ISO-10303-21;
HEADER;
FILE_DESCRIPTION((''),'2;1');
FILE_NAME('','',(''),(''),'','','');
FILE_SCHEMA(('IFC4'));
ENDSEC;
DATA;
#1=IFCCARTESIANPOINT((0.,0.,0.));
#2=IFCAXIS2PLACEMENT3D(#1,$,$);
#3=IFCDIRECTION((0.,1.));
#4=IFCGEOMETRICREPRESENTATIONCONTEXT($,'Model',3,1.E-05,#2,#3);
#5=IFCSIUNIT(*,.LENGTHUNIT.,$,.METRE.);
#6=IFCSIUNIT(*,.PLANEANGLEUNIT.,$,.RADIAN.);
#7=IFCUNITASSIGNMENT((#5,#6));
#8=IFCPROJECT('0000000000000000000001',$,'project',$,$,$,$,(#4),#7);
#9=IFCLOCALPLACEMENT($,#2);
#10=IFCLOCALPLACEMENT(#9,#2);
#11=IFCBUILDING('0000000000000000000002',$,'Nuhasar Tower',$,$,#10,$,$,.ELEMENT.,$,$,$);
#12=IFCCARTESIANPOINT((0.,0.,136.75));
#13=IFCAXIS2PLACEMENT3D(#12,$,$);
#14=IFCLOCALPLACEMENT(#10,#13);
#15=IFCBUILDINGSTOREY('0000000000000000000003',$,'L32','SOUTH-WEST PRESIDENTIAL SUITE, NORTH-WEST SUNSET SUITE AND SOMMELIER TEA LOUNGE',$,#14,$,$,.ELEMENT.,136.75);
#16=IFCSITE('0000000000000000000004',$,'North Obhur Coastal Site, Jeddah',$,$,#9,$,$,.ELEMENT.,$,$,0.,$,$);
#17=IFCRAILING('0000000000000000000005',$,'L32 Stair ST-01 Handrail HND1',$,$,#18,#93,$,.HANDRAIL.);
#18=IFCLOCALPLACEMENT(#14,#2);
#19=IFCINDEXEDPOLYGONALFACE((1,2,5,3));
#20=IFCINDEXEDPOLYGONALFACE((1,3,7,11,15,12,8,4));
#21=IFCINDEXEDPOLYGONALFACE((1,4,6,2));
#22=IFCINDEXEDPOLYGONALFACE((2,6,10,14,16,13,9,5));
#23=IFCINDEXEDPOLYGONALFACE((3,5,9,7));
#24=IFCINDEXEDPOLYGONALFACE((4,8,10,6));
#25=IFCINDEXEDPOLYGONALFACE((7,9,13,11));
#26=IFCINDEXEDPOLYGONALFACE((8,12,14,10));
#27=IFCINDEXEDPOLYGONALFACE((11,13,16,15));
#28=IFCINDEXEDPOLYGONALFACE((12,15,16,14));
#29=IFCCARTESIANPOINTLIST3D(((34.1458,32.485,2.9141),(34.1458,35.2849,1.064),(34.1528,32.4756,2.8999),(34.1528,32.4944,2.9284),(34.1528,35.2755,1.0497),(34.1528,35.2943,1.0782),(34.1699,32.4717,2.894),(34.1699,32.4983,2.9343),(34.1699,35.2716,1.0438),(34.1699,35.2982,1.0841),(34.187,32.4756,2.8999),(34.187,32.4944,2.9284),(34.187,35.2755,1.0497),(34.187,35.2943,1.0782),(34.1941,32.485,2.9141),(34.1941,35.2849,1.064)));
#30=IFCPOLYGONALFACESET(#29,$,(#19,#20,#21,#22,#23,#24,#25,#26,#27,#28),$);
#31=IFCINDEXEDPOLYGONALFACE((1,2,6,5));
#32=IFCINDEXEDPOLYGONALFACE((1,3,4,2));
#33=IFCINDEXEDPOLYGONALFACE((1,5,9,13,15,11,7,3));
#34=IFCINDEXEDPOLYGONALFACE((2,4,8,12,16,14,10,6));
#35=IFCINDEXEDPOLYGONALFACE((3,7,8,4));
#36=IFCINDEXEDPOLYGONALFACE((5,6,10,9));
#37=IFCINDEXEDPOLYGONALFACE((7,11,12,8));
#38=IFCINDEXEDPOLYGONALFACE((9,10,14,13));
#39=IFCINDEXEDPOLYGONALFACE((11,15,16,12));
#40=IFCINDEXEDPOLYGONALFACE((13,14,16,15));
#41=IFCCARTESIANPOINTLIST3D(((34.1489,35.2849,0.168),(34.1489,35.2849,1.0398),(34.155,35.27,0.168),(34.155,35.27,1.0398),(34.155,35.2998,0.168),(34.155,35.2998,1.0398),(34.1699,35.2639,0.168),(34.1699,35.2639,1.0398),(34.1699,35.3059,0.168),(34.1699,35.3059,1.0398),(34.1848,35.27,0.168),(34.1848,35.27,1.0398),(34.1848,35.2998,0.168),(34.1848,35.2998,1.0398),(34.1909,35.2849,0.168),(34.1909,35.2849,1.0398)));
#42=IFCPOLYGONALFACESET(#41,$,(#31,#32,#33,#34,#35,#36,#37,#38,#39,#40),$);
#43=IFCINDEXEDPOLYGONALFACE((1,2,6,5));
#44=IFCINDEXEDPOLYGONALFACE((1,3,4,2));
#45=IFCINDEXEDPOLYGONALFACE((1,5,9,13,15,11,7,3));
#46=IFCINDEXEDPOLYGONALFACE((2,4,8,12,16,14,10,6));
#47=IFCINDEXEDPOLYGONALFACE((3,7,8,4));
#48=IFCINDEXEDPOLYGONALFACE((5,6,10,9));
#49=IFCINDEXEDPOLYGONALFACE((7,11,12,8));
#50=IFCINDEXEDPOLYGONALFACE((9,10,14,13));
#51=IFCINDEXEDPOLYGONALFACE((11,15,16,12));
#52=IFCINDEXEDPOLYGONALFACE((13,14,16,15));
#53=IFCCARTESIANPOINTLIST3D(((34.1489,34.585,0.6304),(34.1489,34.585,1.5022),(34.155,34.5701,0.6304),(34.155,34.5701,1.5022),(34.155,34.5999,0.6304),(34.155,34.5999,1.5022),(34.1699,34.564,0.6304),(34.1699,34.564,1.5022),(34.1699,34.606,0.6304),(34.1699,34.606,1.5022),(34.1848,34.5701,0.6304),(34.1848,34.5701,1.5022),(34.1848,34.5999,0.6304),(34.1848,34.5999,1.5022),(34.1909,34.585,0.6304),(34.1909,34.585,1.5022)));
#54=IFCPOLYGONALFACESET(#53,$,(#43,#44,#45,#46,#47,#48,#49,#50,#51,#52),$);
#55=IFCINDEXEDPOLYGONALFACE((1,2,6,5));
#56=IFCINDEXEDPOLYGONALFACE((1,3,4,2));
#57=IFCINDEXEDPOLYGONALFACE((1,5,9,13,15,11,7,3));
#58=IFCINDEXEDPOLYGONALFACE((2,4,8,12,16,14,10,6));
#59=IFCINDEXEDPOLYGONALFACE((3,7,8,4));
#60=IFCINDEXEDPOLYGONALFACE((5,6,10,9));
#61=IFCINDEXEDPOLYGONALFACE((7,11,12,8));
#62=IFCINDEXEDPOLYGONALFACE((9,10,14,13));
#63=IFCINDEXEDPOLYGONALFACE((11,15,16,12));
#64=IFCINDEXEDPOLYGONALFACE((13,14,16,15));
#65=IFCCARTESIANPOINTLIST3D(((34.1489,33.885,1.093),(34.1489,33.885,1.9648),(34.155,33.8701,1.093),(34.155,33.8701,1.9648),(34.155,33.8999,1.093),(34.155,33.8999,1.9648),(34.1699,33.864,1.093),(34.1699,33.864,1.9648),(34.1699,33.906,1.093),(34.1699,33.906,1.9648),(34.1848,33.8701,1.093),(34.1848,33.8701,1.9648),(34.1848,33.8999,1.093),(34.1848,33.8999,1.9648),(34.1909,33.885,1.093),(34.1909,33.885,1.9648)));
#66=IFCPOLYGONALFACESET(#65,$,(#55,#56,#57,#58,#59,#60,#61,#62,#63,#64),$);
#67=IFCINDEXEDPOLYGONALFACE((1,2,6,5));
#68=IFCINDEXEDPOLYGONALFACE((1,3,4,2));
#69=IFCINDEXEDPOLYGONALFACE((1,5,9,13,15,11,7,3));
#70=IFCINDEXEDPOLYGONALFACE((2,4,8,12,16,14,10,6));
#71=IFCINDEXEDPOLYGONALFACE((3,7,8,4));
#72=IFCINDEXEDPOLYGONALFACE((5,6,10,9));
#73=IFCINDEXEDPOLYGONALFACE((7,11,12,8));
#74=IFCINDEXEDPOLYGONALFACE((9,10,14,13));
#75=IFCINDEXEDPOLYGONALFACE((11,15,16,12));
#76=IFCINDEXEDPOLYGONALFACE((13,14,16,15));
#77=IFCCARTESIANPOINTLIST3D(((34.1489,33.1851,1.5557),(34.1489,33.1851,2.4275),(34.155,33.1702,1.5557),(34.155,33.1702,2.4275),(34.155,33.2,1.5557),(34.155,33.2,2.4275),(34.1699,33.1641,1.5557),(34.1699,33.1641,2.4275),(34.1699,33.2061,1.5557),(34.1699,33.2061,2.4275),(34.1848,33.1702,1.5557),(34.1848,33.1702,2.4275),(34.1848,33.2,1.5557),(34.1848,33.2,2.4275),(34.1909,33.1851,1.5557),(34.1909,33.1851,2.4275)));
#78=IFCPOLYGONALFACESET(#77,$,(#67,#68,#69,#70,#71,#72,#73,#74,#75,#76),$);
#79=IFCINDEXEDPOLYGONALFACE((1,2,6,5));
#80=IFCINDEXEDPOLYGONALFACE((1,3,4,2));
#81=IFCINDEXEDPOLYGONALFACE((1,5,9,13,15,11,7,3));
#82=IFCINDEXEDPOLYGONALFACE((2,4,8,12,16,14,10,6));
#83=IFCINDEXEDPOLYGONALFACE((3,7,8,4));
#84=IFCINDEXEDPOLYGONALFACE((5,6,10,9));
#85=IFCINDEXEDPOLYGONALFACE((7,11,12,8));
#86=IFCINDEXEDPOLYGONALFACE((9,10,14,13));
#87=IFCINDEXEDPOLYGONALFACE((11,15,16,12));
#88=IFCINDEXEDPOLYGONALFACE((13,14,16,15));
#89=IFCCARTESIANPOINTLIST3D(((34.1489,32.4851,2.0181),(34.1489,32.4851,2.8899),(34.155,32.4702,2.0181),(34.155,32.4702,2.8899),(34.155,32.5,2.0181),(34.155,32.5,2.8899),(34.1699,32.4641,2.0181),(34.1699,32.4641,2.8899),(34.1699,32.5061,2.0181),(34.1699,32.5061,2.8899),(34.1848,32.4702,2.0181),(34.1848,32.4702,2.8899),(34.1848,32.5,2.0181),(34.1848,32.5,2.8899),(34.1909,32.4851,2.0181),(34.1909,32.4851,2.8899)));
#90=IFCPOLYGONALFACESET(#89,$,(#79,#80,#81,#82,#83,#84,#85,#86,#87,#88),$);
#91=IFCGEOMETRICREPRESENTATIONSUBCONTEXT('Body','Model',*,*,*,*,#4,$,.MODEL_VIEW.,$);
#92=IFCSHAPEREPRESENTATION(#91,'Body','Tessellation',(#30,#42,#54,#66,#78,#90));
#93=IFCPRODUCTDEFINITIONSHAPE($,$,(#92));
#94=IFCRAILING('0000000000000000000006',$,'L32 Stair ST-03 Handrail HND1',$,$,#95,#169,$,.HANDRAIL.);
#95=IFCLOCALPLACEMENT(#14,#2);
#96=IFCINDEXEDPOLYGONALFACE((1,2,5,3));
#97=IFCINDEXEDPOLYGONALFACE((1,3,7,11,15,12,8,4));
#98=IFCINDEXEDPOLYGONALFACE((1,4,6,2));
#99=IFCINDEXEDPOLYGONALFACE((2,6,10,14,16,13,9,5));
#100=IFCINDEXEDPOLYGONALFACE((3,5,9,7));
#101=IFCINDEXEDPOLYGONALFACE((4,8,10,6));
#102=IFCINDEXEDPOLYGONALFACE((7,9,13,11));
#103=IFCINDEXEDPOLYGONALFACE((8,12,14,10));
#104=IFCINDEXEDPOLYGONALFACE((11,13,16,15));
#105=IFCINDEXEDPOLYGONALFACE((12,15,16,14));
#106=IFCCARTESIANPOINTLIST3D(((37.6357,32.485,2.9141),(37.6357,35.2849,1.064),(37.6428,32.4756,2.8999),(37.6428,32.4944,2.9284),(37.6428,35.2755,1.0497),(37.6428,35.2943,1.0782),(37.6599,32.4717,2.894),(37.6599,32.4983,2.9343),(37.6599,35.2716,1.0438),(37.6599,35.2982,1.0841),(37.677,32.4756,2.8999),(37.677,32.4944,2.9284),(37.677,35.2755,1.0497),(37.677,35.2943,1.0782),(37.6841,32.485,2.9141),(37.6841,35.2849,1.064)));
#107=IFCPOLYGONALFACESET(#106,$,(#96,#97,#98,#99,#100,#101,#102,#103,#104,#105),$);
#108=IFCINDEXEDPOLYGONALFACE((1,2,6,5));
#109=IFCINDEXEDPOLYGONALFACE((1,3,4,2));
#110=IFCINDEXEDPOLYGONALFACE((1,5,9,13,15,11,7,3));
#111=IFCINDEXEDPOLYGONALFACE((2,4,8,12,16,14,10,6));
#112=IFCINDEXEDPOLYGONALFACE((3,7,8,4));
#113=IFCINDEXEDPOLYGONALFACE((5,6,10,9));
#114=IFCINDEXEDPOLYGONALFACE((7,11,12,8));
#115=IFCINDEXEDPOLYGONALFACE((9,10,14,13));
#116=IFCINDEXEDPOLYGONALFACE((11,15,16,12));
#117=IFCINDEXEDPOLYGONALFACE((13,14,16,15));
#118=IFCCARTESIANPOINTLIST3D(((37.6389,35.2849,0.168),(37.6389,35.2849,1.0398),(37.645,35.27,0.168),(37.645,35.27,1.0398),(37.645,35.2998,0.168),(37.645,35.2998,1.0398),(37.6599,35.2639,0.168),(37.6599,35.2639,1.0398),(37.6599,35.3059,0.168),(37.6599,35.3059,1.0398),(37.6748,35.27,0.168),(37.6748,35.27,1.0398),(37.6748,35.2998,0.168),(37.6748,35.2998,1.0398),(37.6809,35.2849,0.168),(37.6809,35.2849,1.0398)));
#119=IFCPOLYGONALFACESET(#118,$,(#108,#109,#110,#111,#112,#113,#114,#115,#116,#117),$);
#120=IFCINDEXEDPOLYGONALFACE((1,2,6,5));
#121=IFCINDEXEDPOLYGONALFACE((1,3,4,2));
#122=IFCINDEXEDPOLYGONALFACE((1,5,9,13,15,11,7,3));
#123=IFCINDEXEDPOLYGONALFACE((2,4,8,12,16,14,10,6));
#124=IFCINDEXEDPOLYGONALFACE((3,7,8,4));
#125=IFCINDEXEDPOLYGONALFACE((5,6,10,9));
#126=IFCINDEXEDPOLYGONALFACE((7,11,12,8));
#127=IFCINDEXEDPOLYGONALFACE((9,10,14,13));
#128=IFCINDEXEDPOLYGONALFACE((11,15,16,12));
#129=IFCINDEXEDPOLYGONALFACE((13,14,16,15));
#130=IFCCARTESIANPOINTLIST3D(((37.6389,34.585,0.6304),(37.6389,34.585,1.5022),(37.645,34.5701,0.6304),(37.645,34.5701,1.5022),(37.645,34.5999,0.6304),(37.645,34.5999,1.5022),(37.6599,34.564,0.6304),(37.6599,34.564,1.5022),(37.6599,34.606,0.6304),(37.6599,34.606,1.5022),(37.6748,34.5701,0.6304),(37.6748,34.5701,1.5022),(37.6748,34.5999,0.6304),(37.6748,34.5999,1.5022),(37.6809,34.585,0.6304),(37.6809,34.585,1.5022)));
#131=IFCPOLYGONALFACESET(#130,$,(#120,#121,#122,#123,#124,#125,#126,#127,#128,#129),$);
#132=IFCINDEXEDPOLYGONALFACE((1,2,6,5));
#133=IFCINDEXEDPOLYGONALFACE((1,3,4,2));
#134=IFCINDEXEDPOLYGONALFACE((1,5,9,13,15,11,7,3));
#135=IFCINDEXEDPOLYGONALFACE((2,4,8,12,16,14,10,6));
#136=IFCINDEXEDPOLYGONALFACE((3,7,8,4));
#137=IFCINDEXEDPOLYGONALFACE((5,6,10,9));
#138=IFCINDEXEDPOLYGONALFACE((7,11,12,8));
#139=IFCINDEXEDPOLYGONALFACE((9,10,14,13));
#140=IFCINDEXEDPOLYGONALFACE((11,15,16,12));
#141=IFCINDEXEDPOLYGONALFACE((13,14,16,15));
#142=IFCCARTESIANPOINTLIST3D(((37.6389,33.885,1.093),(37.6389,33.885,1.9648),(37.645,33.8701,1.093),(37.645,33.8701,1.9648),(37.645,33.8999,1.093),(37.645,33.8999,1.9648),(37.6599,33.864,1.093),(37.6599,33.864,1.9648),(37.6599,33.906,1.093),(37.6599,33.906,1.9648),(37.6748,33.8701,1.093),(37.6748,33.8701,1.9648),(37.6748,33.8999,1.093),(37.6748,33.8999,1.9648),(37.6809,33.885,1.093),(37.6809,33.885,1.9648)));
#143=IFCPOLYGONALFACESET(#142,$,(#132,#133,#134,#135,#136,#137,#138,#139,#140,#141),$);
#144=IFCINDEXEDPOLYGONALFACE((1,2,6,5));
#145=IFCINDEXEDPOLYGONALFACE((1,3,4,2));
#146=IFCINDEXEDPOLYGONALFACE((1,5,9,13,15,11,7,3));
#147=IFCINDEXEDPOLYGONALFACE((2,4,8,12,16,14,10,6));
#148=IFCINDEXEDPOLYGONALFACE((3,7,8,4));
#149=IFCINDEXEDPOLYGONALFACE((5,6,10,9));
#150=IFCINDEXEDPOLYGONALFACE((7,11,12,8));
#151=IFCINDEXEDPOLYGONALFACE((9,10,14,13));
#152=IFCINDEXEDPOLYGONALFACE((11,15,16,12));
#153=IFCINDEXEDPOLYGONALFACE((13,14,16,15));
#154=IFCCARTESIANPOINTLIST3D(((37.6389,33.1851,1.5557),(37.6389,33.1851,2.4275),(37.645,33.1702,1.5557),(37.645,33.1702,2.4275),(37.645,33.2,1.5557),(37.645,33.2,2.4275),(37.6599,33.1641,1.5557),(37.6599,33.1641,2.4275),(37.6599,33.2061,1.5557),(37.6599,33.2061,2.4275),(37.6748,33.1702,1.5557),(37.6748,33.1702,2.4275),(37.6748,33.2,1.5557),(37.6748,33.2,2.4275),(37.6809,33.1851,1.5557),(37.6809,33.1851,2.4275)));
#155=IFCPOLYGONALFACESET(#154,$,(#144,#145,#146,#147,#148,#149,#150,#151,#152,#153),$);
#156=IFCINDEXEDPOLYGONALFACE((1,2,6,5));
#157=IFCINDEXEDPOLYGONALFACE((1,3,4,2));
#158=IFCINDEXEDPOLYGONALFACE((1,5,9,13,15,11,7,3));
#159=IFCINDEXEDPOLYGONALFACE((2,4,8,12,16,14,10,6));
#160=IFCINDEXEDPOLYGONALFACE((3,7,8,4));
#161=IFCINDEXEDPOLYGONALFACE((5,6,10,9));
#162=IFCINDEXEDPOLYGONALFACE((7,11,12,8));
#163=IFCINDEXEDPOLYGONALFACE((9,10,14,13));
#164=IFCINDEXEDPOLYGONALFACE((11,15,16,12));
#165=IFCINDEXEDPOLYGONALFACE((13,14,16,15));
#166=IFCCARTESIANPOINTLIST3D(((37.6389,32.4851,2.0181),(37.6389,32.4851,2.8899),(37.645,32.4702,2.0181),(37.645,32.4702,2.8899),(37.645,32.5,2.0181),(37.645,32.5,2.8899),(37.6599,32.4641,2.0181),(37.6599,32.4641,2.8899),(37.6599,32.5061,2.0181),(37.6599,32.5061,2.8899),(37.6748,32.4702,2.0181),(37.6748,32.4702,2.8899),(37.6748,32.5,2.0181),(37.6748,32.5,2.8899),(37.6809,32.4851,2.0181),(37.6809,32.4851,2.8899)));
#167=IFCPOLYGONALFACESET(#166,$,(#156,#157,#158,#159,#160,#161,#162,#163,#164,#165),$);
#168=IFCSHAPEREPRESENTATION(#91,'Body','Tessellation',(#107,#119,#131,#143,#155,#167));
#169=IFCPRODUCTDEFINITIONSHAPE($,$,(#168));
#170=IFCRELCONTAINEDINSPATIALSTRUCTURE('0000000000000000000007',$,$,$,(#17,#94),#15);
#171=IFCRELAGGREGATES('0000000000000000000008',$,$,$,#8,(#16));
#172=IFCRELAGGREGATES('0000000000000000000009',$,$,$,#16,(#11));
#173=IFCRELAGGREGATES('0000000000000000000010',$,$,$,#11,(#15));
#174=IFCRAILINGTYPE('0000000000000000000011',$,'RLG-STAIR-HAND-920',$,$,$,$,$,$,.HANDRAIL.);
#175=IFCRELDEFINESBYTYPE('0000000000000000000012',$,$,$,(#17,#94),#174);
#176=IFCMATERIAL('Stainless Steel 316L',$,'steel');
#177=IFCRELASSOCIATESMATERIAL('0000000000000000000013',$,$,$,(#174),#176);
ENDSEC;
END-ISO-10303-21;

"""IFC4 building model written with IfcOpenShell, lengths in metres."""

from ifc_helpers import new_model, si_unit, direction, frame, origin, place, context, subcontext, project, spatial, polyline, outline, extrude, material, type_object, element, save


model = new_model("IFC4")

# Units and contexts
model_context = context("Model", 3, precision=1e-05, world=origin(), true_north=direction((0.0, 1.0)))
body_context = subcontext(model_context, "Body", "Model", "MODEL_VIEW")
ifc_project = project(units=[si_unit("LENGTHUNIT", "METRE"), si_unit("PLANEANGLEUNIT", "RADIAN")], contexts=[model_context])

# Site, building, storey
site_placement = place(None, origin())
site = spatial("IfcSite", under=ifc_project, at=site_placement, Name="North Obhur Coastal Site, Jeddah", CompositionType="ELEMENT", RefElevation=0.0)
building_placement = place(site_placement, origin())
building = spatial("IfcBuilding", under=site, at=building_placement, Name="Nuhasar Tower", CompositionType="ELEMENT")
storey_placement = place(building_placement, frame((0.0, 0.0, 136.75)))
storey = spatial("IfcBuildingStorey", under=building, at=storey_placement, Name="L32", Description="SOUTH-WEST PRESIDENTIAL SUITE, NORTH-WEST SUNSET SUITE AND SOMMELIER TEA LOUNGE", CompositionType="ELEMENT", Elevation=136.75)

# Railings
ifc_material_1 = material(Name="Stainless Steel 316L", Category="steel")
railing_type_1 = type_object("IfcRailingType", Name="RLG-STAIR-HAND-920", PredefinedType="HANDRAIL", material=ifc_material_1)
railing_1_placement = place(storey_placement, frame((34.1699, 35.2849, 0.168)))
element("IfcRailing", 1, at=railing_1_placement, inside=storey, type_object=railing_type_1, Name="L32 Stair ST-01 Handrail HND1", PredefinedType="HANDRAIL", context=body_context, shape_type="SweptSolid", body=[
    extrude(outline(polyline([(0.0242, 0.0), (0.0171, 0.0171), (0.0, 0.0242), (-0.0171, 0.0171), (-0.0242, 0.0), (-0.0171, -0.0171), (0.0, -0.0242), (0.0171, -0.0171), (0.0242, 0.0)])), frame((0.0, 0.0, 0.896), z_axis=(0.0, -0.834304, 0.551304), x_axis=(1.0, 0.0, 0.0)), (0.0, 0.0, 1.0), 3.356),
    extrude(outline(polyline([(0.021, 0.0), (0.0149, 0.0149), (0.0, 0.021), (-0.0149, 0.0149), (-0.021, 0.0), (-0.0149, -0.0149), (0.0, -0.021), (0.0149, -0.0149), (0.021, 0.0)])), origin(), (0.0, 0.0, 1.0), 0.8718),
    extrude(outline(polyline([(0.021, 0.0), (0.0149, 0.0149), (0.0, 0.021), (-0.0149, 0.0149), (-0.021, 0.0), (-0.0149, -0.0149), (0.0, -0.021), (0.0149, -0.0149), (0.021, 0.0)])), frame((0.0, -0.7, 0.4624)), (0.0, 0.0, 1.0), 0.8718),
    extrude(outline(polyline([(0.021, 0.0), (0.0149, 0.0149), (0.0, 0.021), (-0.0149, 0.0149), (-0.021, 0.0), (-0.0149, -0.0149), (0.0, -0.021), (0.0149, -0.0149), (0.021, 0.0)])), frame((0.0, -1.3999, 0.925)), (0.0, 0.0, 1.0), 0.8718),
    extrude(outline(polyline([(0.021, 0.0), (0.0149, 0.0149), (0.0, 0.021), (-0.0149, 0.0149), (-0.021, 0.0), (-0.0149, -0.0149), (0.0, -0.021), (0.0149, -0.0149), (0.021, 0.0)])), frame((0.0, -2.0999, 1.3877)), (0.0, 0.0, 1.0), 0.8718),
    extrude(outline(polyline([(0.021, 0.0), (0.0149, 0.0149), (0.0, 0.021), (-0.0149, 0.0149), (-0.021, 0.0), (-0.0149, -0.0149), (0.0, -0.021), (0.0149, -0.0149), (0.021, 0.0)])), frame((0.0, -2.7998, 1.8501)), (0.0, 0.0, 1.0), 0.8718),
])
railing_2_placement = place(storey_placement, frame((37.6599, 35.2849, 0.168)))
element("IfcRailing", 2, at=railing_2_placement, inside=storey, type_object=railing_type_1, Name="L32 Stair ST-03 Handrail HND1", PredefinedType="HANDRAIL", context=body_context, shape_type="SweptSolid", body=[
    extrude(outline(polyline([(0.0242, 0.0), (0.0171, 0.0171), (0.0, 0.0242), (-0.0171, 0.0171), (-0.0242, 0.0), (-0.0171, -0.0171), (0.0, -0.0242), (0.0171, -0.0171), (0.0242, 0.0)])), frame((0.0, 0.0, 0.896), z_axis=(0.0, -0.834304, 0.551304), x_axis=(1.0, 0.0, 0.0)), (0.0, 0.0, 1.0), 3.356),
    extrude(outline(polyline([(0.021, 0.0), (0.0149, 0.0149), (0.0, 0.021), (-0.0149, 0.0149), (-0.021, 0.0), (-0.0149, -0.0149), (0.0, -0.021), (0.0149, -0.0149), (0.021, 0.0)])), origin(), (0.0, 0.0, 1.0), 0.8718),
    extrude(outline(polyline([(0.021, 0.0), (0.0149, 0.0149), (0.0, 0.021), (-0.0149, 0.0149), (-0.021, 0.0), (-0.0149, -0.0149), (0.0, -0.021), (0.0149, -0.0149), (0.021, 0.0)])), frame((0.0, -0.7, 0.4624)), (0.0, 0.0, 1.0), 0.8718),
    extrude(outline(polyline([(0.021, 0.0), (0.0149, 0.0149), (0.0, 0.021), (-0.0149, 0.0149), (-0.021, 0.0), (-0.0149, -0.0149), (0.0, -0.021), (0.0149, -0.0149), (0.021, 0.0)])), frame((0.0, -1.3999, 0.925)), (0.0, 0.0, 1.0), 0.8718),
    extrude(outline(polyline([(0.021, 0.0), (0.0149, 0.0149), (0.0, 0.021), (-0.0149, 0.0149), (-0.021, 0.0), (-0.0149, -0.0149), (0.0, -0.021), (0.0149, -0.0149), (0.021, 0.0)])), frame((0.0, -2.0999, 1.3877)), (0.0, 0.0, 1.0), 0.8718),
    extrude(outline(polyline([(0.021, 0.0), (0.0149, 0.0149), (0.0, 0.021), (-0.0149, 0.0149), (-0.021, 0.0), (-0.0149, -0.0149), (0.0, -0.021), (0.0149, -0.0149), (0.021, 0.0)])), frame((0.0, -2.7998, 1.8501)), (0.0, 0.0, 1.0), 0.8718),
])

save(model, "model.ifc")
